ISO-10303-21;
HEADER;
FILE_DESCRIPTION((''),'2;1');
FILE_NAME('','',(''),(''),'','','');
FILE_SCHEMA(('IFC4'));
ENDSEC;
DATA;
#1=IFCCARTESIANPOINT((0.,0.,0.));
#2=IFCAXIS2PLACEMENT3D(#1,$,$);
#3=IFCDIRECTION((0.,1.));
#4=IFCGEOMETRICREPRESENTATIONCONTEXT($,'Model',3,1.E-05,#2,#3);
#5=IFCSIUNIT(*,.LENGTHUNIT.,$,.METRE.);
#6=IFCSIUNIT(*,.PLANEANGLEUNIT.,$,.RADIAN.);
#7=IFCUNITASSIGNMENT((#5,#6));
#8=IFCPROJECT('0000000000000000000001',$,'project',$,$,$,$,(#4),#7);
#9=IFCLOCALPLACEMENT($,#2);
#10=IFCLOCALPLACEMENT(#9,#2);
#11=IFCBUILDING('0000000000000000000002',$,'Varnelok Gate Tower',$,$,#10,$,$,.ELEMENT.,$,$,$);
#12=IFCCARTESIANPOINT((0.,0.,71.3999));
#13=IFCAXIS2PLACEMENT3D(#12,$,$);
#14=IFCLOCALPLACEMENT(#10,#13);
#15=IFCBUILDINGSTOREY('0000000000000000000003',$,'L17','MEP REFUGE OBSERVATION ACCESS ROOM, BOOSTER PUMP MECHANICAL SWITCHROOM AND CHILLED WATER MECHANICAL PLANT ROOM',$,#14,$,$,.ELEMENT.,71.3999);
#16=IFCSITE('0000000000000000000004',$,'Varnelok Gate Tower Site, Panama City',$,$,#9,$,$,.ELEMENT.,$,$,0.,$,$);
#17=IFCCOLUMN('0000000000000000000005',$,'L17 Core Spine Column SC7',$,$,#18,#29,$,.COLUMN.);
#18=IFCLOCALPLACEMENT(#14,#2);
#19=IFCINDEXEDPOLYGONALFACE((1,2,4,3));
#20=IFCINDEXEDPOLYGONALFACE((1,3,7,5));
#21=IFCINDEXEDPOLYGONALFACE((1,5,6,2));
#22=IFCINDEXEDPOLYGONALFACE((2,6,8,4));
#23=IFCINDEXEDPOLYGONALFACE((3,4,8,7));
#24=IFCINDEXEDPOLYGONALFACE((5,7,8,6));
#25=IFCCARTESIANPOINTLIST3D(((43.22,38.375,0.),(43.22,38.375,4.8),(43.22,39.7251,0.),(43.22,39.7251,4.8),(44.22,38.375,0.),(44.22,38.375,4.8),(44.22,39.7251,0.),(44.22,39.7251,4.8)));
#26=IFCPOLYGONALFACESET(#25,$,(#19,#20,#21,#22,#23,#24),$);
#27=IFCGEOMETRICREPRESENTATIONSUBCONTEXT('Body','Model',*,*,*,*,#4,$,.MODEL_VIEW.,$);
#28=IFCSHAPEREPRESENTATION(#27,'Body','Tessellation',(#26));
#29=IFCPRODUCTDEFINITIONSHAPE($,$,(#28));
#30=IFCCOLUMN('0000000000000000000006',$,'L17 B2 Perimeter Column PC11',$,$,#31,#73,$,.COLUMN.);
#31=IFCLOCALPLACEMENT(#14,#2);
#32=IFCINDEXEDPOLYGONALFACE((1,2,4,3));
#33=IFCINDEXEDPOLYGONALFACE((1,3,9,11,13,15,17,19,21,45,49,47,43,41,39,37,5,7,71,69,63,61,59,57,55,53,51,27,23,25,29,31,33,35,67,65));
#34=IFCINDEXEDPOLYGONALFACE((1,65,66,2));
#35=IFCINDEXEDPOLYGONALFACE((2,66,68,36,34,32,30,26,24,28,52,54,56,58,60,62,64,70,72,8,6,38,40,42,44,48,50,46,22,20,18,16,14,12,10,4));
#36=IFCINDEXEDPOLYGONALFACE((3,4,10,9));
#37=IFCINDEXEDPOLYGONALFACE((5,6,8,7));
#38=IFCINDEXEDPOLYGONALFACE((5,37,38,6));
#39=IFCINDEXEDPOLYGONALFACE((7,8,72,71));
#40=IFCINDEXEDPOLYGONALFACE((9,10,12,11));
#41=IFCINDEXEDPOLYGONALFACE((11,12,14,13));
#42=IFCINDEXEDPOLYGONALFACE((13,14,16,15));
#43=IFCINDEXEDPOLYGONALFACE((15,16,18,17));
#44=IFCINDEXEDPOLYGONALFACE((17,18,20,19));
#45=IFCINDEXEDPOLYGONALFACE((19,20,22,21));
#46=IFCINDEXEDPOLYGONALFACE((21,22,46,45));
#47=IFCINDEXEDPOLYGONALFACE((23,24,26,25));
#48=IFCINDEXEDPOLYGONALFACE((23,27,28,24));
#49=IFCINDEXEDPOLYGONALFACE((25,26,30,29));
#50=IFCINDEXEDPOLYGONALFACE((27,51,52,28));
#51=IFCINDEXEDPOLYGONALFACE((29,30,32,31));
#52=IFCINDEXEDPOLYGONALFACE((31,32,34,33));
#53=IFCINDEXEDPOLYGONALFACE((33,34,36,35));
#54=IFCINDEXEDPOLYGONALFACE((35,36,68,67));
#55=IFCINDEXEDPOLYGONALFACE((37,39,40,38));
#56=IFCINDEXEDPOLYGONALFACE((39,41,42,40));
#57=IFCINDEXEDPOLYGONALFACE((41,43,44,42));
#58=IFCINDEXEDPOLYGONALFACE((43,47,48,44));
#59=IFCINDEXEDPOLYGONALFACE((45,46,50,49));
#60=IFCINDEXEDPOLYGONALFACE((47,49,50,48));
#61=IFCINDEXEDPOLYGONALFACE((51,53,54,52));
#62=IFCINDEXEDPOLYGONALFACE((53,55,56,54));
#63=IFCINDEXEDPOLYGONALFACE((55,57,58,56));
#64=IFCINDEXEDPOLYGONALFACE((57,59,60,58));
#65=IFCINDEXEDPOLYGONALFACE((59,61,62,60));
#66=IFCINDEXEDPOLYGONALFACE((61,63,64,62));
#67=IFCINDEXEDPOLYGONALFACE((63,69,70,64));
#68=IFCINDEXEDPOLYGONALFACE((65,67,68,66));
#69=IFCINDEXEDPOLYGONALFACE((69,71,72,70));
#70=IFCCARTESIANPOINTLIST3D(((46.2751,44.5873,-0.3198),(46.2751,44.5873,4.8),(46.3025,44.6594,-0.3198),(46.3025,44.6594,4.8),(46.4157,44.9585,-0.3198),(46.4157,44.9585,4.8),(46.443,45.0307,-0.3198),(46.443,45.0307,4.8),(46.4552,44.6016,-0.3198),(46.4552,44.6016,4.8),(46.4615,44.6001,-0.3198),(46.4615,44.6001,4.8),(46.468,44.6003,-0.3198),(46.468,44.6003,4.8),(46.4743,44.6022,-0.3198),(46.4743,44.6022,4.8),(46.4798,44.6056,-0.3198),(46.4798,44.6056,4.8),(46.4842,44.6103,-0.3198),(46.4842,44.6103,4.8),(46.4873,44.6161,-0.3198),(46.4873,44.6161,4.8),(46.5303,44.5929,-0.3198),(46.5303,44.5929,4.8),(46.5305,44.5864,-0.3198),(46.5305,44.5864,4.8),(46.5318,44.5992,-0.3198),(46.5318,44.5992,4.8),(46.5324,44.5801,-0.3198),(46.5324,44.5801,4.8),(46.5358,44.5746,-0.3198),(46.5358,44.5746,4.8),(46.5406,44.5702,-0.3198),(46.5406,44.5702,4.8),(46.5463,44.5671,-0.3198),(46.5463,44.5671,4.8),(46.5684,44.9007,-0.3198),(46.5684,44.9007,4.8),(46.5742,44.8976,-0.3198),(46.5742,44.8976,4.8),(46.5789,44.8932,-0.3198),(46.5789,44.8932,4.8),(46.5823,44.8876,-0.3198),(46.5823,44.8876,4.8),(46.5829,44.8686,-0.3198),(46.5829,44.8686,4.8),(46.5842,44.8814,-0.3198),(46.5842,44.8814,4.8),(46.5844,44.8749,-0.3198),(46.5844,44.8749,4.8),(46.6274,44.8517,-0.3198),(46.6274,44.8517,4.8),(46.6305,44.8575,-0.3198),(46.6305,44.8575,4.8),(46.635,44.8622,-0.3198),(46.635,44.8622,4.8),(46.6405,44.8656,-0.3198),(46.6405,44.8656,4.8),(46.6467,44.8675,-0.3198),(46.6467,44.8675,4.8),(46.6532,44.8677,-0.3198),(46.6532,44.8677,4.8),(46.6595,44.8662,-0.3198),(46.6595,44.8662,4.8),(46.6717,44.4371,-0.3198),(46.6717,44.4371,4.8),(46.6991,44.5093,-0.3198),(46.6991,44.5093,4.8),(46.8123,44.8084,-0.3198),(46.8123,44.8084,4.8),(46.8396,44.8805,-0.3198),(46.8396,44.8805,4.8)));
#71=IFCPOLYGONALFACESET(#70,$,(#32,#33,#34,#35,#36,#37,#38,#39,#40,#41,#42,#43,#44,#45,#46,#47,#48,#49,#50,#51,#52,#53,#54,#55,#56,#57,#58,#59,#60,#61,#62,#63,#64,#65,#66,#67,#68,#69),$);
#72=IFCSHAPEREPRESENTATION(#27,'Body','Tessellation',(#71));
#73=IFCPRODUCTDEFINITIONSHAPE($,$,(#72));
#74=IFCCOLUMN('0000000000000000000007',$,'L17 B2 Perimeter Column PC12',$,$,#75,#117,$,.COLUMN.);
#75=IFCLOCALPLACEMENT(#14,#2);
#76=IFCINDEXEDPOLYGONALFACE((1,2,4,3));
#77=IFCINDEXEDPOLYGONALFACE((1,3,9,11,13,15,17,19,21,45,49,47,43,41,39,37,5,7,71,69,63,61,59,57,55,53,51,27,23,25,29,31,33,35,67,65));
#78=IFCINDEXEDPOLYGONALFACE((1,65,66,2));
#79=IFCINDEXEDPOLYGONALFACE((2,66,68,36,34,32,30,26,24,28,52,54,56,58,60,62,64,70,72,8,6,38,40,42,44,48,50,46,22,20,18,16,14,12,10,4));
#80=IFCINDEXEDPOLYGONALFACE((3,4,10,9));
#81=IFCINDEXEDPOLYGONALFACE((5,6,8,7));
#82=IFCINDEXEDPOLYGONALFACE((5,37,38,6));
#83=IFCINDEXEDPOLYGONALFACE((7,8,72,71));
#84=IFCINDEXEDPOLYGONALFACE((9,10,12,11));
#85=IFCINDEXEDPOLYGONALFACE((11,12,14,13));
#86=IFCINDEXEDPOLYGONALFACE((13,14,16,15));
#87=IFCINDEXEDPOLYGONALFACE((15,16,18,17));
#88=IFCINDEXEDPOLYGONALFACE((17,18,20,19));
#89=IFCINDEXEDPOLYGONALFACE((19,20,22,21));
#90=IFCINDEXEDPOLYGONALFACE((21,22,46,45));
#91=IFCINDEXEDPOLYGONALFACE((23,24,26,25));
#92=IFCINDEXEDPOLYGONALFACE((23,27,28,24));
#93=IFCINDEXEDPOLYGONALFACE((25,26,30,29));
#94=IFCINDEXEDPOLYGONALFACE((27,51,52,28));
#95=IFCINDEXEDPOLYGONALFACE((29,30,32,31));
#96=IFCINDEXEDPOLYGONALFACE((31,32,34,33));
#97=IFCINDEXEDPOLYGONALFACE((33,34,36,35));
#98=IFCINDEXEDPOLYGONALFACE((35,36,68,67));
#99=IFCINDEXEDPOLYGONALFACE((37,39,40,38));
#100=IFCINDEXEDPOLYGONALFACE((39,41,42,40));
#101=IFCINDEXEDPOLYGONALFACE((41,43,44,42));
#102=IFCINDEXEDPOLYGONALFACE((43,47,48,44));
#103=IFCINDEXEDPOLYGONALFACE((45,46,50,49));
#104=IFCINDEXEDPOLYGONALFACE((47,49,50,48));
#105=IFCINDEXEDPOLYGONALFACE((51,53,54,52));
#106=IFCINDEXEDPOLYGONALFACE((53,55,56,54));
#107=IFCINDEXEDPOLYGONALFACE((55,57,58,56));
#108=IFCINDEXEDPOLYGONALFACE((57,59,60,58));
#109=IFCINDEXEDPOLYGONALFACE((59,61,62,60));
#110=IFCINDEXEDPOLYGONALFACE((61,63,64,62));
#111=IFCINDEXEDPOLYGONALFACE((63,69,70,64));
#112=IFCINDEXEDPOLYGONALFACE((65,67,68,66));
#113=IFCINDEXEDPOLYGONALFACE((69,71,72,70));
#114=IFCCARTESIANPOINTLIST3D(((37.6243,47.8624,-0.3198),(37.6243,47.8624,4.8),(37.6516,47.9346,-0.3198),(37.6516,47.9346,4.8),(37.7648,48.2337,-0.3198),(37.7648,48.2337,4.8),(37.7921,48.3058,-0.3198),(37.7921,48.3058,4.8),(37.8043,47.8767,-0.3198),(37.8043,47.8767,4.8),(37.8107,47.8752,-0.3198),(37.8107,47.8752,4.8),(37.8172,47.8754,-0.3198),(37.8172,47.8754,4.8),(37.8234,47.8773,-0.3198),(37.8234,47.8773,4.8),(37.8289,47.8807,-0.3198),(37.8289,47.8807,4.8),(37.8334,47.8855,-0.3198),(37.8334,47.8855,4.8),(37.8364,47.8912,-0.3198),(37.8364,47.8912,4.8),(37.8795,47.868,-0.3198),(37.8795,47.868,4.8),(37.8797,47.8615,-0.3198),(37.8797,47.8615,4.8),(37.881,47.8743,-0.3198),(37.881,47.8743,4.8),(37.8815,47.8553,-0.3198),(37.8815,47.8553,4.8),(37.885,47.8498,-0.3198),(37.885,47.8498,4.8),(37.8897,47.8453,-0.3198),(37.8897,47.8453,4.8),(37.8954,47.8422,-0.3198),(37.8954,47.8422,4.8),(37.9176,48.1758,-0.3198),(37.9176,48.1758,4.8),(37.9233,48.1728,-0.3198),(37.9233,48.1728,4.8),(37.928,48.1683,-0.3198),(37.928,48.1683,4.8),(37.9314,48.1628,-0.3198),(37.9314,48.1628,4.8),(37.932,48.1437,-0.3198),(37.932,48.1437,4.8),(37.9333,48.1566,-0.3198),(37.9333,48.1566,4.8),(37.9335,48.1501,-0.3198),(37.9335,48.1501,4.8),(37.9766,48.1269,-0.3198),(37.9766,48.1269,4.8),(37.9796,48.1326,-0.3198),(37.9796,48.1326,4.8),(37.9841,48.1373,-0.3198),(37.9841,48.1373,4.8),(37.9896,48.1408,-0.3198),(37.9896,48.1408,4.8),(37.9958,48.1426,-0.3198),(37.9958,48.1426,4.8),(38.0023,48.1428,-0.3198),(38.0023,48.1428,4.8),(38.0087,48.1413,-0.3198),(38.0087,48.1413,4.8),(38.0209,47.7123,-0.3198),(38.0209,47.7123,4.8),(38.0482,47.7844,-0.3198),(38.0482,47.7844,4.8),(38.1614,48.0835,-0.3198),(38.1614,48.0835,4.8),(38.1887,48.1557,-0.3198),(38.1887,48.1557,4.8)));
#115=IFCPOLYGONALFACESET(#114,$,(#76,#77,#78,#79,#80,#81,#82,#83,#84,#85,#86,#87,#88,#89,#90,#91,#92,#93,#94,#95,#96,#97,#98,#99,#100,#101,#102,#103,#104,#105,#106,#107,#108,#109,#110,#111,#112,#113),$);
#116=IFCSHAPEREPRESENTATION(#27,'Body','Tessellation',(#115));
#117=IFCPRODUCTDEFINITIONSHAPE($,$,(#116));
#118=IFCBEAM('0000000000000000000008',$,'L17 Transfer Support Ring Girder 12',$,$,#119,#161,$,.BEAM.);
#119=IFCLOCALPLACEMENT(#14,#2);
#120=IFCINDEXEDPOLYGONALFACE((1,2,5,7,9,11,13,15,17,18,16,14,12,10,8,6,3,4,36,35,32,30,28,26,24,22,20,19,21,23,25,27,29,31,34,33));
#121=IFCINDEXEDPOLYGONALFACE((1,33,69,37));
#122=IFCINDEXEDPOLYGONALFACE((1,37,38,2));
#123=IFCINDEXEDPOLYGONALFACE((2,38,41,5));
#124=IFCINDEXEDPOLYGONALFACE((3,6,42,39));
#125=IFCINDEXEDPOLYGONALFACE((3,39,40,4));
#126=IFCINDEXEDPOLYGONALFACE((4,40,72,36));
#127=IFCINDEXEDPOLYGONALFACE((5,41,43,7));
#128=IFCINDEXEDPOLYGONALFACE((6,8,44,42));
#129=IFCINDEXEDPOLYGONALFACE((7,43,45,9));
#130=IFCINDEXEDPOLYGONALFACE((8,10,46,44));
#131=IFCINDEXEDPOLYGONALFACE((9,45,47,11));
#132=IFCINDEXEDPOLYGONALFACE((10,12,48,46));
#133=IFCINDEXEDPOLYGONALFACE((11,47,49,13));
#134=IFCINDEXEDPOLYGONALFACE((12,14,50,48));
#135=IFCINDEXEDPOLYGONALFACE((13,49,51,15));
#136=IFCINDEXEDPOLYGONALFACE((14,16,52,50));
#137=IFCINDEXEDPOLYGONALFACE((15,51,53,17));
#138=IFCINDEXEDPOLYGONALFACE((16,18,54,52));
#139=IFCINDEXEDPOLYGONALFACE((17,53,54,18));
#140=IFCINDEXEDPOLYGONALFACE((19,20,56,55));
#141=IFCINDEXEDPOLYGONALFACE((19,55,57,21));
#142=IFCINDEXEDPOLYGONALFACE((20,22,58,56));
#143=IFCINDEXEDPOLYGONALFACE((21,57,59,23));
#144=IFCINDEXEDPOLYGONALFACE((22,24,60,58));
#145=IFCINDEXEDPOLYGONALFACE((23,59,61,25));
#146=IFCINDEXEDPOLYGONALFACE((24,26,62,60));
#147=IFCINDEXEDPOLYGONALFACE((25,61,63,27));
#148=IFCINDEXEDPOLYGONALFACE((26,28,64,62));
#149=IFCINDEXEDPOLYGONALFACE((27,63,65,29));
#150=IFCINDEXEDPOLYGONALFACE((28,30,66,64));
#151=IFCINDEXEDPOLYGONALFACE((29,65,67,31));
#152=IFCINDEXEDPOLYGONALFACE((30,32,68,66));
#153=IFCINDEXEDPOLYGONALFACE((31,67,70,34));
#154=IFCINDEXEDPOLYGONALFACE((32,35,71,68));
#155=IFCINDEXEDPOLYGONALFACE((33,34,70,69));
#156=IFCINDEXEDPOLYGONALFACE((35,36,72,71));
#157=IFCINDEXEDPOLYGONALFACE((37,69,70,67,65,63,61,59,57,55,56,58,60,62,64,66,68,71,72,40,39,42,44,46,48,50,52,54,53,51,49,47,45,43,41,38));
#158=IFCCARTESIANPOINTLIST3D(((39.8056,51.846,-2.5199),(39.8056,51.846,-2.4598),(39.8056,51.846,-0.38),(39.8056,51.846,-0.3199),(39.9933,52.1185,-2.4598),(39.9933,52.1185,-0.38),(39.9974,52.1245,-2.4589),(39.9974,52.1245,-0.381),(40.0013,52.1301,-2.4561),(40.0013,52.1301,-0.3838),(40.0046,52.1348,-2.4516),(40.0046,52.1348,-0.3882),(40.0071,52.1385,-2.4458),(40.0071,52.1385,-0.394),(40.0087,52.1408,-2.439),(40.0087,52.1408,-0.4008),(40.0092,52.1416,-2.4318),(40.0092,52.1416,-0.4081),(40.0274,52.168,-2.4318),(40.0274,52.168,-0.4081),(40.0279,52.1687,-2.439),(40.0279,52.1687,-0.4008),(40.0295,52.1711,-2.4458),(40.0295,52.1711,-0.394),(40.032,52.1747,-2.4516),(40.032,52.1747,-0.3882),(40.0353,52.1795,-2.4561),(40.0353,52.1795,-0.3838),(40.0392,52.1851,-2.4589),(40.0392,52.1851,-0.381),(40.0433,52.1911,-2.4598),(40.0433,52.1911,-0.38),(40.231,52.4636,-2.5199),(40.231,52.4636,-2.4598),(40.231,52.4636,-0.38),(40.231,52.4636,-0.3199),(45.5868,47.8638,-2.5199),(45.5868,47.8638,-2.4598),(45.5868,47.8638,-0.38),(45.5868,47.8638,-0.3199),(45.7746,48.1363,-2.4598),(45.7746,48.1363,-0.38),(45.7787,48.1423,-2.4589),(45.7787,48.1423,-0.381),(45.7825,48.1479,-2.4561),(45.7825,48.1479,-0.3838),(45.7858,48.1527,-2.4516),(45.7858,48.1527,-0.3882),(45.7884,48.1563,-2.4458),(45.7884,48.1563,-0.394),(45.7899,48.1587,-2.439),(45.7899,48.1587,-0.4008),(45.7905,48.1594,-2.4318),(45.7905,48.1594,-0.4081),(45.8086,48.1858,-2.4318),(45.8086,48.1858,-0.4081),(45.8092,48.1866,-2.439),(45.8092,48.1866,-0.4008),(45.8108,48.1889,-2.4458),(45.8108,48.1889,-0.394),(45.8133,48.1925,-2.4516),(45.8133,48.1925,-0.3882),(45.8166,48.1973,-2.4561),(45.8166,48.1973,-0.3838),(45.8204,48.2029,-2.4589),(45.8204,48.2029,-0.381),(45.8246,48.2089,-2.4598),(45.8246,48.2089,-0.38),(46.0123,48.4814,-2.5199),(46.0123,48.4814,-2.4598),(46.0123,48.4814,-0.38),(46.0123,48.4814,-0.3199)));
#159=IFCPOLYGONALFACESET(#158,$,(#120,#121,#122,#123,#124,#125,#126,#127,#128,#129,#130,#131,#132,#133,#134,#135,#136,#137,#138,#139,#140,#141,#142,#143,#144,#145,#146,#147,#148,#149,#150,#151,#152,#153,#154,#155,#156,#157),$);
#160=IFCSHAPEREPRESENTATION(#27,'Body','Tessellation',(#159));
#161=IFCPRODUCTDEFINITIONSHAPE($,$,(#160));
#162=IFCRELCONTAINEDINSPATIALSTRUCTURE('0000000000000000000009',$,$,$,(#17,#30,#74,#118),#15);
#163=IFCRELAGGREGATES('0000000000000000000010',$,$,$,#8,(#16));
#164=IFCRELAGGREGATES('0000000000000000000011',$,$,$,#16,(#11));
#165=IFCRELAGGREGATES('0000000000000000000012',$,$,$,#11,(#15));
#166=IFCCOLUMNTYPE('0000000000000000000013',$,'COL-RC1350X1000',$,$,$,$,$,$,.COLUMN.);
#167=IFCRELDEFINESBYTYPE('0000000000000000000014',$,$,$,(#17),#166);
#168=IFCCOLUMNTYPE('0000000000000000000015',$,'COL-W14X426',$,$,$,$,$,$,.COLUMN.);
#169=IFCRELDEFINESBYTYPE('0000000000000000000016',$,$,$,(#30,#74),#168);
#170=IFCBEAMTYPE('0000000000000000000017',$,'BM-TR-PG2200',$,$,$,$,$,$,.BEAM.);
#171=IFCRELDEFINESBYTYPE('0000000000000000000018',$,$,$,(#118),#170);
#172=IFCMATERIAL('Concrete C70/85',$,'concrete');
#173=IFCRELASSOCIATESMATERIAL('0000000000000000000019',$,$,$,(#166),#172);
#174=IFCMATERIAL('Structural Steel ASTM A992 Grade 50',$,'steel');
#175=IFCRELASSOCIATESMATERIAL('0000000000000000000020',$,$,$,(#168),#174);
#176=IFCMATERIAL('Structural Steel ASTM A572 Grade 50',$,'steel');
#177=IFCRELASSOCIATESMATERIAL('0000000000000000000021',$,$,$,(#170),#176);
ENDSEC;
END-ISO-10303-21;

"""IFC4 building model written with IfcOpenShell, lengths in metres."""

from ifc_helpers import new_model, si_unit, direction, frame, origin, origin_2d, place, context, subcontext, project, spatial, rectangle, i_section, extrude, material, material_profile, profile_set, type_object, element, save


model = new_model("IFC4")

# Units and contexts
model_context = context("Model", 3, precision=1e-05, world=origin(), true_north=direction((0.0, 1.0)))
body_context = subcontext(model_context, "Body", "Model", "MODEL_VIEW")
ifc_project = project(units=[si_unit("LENGTHUNIT", "METRE"), si_unit("PLANEANGLEUNIT", "RADIAN")], contexts=[model_context])

# Site, building, storey
site_placement = place(None, origin())
site = spatial("IfcSite", under=ifc_project, at=site_placement, Name="Varnelok Gate Tower Site, Panama City", CompositionType="ELEMENT", RefElevation=0.0)
building_placement = place(site_placement, origin())
building = spatial("IfcBuilding", under=site, at=building_placement, Name="Varnelok Gate Tower", CompositionType="ELEMENT")
storey_placement = place(building_placement, frame((0.0, 0.0, 71.3999)))
storey = spatial("IfcBuildingStorey", under=building, at=storey_placement, Name="L17", Description="MEP REFUGE OBSERVATION ACCESS ROOM, BOOSTER PUMP MECHANICAL SWITCHROOM AND CHILLED WATER MECHANICAL PLANT ROOM", CompositionType="ELEMENT", Elevation=71.3999)

# Columns
ifc_material_1 = material(Name="Concrete C70/85", Category="concrete")
ifc_material_profile_1 = material_profile(ifc_material_1, rectangle(XDim=1.0, YDim=1.3501, at=origin_2d()), Name="RC1350X1000")
ifc_profile_set_1 = profile_set([ifc_material_profile_1], Name="Concrete C70/85")
column_type_1 = type_object("IfcColumnType", Name="COL-RC1350X1000", PredefinedType="COLUMN", material=ifc_profile_set_1)
column_placement = place(storey_placement, frame((43.72, 39.05, 0.0), z_axis=(0.0, 0.0, 1.0), x_axis=(1.0, 0.0, 0.0)))
element("IfcColumn", 1, at=column_placement, inside=storey, type_object=column_type_1, Name="L17 Core Spine Column SC7", PredefinedType="COLUMN", context=body_context, shape_type="SweptSolid", body=[
    extrude(rectangle(XDim=1.0, YDim=1.3501, at=origin_2d()), origin(), (0.0, 0.0, 1.0), 4.8),
])
ifc_material_2 = material(Name="Structural Steel ASTM A992 Grade 50", Category="steel")
ifc_material_profile_2 = material_profile(ifc_material_2, i_section(OverallWidth=0.4241, OverallDepth=0.4741, WebThickness=0.0476, FlangeThickness=0.0771, FilletRadius=0.0249, at=origin_2d()), Name="W14X426")
ifc_profile_set_2 = profile_set([ifc_material_profile_2], Name="Structural Steel ASTM A992 Grade 50")
column_type_2 = type_object("IfcColumnType", Name="COL-W14X426", PredefinedType="COLUMN", material=ifc_profile_set_2)
for number, where, z_axis, x_axis, name in (
    (2, (46.5574, 44.7339, -0.3198), (0.0, 0.0, 1.0), (0.935222, -0.354063, 0.0), "L17 B2 Perimeter Column PC11"),
    (3, (37.9065, 48.009, -0.3198), (0.0, 0.0, 1.0), (0.935222, -0.354063, 0.0), "L17 B2 Perimeter Column PC12"),
):
    element("IfcColumn", number, at=place(storey_placement, frame(where, z_axis=z_axis, x_axis=x_axis)), inside=storey, type_object=column_type_2, Name=name, PredefinedType="COLUMN", context=body_context, shape_type="SweptSolid", body=[
        extrude(i_section(OverallWidth=0.4241, OverallDepth=0.4741, WebThickness=0.0476, FlangeThickness=0.0771, FilletRadius=0.0249, at=origin_2d()), origin(), (0.0, 0.0, 1.0), 5.1199),
    ])

# Beam
ifc_material_3 = material(Name="Structural Steel ASTM A572 Grade 50", Category="steel")
ifc_material_profile_3 = material_profile(ifc_material_3, i_section(OverallWidth=0.75, OverallDepth=2.2, WebThickness=0.032, FlangeThickness=0.0601, FilletRadius=0.0281, at=origin_2d()), Name="PG2200X750")
ifc_profile_set_3 = profile_set([ifc_material_profile_3], Name="Structural Steel ASTM A572 Grade 50")
beam_type_1 = type_object("IfcBeamType", Name="BM-TR-PG2200", PredefinedType="BEAM", material=ifc_profile_set_3)
beam_1_placement = place(storey_placement, frame((45.7996, 48.1726, -1.4199), z_axis=(-0.823538, 0.567261, 0.0), x_axis=(-0.567261, -0.823538, 0.0)))
element("IfcBeam", 4, at=beam_1_placement, inside=storey, type_object=beam_type_1, Name="L17 Transfer Support Ring Girder 12", PredefinedType="BEAM", context=body_context, shape_type="SweptSolid", body=[
    extrude(i_section(OverallWidth=0.75, OverallDepth=2.2, WebThickness=0.032, FlangeThickness=0.0601, FilletRadius=0.0281, at=origin_2d()), origin(), (0.0, 0.0, 1.0), 7.02),
])

save(model, "model.ifc")
